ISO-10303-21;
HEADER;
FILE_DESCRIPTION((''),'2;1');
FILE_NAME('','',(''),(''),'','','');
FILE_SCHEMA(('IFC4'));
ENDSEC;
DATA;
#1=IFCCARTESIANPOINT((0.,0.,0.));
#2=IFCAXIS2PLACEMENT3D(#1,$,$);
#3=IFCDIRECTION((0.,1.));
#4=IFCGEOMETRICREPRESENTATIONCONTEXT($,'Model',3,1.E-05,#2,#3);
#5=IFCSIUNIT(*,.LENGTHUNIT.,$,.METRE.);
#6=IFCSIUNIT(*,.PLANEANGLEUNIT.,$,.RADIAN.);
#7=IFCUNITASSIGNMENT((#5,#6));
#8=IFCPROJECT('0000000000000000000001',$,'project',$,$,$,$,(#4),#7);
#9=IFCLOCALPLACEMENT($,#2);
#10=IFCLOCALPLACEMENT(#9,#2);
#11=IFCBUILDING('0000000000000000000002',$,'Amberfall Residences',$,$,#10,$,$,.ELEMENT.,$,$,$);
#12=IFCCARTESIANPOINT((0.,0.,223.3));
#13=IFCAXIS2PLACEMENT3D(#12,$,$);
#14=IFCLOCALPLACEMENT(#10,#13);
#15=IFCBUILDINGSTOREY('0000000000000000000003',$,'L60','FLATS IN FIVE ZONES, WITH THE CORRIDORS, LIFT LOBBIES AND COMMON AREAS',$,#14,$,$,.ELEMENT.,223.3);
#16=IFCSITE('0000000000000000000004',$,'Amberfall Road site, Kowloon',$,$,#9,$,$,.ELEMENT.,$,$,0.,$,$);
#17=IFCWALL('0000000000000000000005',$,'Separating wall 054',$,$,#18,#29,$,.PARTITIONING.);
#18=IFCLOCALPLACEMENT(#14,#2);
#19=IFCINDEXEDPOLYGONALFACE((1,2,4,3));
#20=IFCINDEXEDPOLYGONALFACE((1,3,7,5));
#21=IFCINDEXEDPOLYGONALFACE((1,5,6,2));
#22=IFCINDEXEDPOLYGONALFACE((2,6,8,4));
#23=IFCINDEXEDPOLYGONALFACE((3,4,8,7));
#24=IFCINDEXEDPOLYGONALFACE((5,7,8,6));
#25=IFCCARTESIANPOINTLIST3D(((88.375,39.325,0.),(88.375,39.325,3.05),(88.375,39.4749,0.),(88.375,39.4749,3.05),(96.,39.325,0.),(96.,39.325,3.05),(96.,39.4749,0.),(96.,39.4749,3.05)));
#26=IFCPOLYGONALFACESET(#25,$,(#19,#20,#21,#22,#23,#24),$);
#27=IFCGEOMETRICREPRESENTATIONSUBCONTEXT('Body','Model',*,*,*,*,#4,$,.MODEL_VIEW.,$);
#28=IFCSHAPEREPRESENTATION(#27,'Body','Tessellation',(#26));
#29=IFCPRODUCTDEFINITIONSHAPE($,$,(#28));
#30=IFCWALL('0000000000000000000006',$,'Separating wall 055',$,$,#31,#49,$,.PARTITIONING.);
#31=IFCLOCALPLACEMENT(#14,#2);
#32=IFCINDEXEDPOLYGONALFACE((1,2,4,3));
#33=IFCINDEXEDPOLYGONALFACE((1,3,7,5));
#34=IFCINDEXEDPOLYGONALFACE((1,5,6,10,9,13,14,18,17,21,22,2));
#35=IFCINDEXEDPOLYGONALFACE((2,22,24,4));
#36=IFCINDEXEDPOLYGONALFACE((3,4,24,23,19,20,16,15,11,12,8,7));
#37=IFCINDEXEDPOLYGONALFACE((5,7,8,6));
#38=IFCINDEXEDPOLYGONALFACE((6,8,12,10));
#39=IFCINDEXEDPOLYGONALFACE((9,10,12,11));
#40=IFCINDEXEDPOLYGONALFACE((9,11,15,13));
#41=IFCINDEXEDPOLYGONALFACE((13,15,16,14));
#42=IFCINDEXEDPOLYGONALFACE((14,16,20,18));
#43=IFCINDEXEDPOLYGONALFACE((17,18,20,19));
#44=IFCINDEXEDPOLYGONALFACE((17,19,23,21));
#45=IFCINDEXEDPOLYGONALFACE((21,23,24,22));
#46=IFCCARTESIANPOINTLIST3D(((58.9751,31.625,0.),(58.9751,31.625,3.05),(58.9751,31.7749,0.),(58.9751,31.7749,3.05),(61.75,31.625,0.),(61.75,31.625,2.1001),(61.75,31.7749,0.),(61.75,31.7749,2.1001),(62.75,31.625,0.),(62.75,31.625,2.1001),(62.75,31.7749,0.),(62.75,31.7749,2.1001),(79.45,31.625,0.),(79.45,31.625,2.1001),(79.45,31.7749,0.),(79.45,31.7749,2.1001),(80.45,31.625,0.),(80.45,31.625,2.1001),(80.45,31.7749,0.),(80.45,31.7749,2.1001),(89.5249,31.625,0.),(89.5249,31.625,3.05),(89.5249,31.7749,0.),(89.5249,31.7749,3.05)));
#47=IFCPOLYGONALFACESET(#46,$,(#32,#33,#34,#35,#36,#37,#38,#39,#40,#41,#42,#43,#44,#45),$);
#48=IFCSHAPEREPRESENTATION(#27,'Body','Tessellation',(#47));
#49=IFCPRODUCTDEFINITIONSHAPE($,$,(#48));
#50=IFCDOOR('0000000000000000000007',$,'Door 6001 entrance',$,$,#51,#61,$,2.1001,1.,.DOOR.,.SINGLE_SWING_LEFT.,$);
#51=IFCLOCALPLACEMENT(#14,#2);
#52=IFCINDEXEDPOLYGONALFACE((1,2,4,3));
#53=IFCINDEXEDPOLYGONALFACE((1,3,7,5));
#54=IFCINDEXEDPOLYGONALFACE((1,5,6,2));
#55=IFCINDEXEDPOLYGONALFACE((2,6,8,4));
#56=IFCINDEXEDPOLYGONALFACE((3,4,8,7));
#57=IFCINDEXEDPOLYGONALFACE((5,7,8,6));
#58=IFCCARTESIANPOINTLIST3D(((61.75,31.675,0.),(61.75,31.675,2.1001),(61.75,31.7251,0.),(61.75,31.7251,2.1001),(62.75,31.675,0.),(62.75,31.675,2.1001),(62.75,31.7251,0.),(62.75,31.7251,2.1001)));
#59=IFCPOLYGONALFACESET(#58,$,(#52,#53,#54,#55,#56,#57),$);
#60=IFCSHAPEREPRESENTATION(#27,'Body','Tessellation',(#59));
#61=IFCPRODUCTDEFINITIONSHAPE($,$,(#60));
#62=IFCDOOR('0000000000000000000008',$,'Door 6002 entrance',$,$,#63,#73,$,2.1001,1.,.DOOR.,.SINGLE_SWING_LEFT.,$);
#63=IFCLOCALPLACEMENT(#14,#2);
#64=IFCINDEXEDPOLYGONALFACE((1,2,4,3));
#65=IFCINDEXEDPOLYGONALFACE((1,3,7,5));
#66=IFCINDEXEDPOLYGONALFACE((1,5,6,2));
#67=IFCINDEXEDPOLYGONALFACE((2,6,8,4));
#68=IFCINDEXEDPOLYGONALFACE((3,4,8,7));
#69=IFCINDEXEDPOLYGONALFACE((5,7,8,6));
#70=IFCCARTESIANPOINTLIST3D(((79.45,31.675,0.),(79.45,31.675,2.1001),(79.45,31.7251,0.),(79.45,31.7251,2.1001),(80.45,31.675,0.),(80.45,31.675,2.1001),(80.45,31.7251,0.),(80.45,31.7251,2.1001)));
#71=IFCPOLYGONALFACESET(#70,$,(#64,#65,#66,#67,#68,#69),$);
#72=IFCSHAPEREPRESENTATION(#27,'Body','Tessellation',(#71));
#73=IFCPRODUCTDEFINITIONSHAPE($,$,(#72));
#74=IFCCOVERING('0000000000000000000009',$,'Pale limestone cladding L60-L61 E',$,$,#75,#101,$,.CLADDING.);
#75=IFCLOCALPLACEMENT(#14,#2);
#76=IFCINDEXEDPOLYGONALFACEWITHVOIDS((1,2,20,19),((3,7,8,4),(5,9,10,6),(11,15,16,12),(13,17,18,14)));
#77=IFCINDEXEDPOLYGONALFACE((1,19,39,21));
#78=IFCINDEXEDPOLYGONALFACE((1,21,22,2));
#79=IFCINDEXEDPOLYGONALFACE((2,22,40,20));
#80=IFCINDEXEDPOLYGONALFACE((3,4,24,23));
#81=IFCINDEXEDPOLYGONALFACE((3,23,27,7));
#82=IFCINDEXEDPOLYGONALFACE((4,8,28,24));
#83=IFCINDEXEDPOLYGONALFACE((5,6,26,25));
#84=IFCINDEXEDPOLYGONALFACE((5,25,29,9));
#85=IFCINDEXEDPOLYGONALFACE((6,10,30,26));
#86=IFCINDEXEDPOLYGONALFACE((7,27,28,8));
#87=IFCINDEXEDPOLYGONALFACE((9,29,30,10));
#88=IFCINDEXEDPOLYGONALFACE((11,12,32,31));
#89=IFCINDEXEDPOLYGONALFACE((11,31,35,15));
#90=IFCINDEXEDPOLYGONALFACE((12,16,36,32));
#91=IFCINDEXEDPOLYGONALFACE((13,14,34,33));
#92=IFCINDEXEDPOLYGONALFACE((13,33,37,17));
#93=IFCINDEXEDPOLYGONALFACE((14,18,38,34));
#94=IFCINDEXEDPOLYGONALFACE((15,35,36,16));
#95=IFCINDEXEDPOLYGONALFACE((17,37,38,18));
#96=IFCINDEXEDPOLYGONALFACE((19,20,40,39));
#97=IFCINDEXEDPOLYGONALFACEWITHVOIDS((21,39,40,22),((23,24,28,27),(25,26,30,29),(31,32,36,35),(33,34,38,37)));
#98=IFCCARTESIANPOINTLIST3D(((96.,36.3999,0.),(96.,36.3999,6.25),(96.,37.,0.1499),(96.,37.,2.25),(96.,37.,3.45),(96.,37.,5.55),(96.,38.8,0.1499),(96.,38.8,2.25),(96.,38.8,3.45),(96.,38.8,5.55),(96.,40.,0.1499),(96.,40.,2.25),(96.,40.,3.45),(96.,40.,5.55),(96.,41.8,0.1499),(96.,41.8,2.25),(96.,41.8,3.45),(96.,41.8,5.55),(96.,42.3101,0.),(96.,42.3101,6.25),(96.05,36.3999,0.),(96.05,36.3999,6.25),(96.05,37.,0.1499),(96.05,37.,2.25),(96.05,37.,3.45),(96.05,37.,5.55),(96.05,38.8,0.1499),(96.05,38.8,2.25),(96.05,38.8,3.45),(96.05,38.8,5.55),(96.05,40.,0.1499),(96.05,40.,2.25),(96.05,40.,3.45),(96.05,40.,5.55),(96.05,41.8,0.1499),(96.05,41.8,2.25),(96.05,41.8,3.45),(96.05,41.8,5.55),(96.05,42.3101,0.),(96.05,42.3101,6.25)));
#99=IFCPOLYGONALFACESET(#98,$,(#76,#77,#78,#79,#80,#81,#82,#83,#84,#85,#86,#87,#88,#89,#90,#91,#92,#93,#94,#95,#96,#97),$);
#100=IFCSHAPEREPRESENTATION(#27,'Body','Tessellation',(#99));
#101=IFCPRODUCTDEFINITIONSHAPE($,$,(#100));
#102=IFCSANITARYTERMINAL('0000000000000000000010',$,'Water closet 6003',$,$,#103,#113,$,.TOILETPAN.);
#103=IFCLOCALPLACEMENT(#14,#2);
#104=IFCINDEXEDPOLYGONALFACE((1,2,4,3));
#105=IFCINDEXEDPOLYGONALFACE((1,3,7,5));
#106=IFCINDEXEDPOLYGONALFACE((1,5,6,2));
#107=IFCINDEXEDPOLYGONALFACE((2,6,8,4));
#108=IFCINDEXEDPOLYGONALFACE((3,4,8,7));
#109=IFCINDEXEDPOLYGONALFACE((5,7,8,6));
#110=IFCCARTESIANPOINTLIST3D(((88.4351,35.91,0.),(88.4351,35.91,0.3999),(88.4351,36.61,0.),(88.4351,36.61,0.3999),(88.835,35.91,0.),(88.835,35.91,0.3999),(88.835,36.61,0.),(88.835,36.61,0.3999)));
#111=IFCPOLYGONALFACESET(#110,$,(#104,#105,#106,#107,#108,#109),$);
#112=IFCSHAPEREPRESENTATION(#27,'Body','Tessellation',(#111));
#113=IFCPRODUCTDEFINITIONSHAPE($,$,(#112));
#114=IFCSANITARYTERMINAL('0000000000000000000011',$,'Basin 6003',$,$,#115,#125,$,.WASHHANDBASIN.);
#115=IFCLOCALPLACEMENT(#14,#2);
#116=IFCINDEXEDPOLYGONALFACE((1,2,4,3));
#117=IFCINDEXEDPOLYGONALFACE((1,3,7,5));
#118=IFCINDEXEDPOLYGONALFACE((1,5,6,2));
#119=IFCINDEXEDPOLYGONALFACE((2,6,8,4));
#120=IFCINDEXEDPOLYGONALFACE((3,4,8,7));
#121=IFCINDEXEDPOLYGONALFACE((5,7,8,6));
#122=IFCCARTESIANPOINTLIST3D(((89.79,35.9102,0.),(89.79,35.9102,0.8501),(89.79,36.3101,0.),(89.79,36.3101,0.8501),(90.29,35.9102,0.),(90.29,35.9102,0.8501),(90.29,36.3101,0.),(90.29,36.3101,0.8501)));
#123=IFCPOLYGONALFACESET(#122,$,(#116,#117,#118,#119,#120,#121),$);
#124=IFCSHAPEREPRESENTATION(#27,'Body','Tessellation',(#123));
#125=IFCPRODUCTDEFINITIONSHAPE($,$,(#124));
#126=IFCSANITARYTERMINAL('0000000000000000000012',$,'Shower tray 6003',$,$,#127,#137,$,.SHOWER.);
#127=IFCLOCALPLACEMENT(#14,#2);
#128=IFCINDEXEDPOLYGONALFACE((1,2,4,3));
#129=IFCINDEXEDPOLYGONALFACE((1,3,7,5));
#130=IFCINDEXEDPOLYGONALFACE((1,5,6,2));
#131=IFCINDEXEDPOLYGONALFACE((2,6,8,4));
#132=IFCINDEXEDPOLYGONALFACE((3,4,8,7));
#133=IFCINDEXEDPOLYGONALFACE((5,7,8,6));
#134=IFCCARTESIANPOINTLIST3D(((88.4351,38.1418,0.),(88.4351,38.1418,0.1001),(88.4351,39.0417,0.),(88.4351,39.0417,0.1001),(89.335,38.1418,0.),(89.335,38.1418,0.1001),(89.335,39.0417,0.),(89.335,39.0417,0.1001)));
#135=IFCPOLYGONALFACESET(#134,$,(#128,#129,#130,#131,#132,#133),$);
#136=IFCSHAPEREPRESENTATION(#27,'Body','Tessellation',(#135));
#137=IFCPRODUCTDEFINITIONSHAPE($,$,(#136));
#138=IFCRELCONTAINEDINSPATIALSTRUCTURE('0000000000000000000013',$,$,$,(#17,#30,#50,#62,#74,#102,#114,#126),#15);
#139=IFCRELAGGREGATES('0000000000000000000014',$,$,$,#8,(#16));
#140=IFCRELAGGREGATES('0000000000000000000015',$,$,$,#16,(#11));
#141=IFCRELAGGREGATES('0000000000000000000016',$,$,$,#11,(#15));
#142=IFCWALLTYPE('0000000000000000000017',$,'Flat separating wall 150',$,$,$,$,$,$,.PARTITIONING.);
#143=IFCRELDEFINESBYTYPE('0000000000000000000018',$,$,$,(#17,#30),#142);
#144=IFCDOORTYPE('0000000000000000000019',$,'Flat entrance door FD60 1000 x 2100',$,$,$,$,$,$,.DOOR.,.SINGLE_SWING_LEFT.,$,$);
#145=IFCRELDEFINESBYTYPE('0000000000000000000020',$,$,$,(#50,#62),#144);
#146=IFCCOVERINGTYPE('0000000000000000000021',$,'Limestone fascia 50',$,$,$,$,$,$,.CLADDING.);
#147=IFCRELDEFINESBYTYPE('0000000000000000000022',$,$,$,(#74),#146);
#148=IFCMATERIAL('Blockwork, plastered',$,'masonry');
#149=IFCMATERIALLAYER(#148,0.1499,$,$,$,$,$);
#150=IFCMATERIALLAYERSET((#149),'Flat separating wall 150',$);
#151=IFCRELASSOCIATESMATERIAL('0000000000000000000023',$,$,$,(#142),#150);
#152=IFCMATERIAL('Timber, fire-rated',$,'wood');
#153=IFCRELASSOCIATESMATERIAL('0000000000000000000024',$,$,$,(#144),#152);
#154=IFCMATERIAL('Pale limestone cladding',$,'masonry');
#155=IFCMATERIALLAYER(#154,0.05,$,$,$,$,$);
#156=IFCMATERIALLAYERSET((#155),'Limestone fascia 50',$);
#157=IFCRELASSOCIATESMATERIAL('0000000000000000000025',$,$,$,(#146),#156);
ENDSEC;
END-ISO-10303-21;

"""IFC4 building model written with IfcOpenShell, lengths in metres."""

from ifc_helpers import new_model, si_unit, direction, frame, frame_2d, origin, origin_2d, place, context, subcontext, project, spatial, polyline, rectangle, outline, extrude, material, layer, layer_set, type_object, element, fill, save


model = new_model("IFC4")

# Units and contexts
model_context = context("Model", 3, precision=1e-05, world=origin(), true_north=direction((0.0, 1.0)))
body_context = subcontext(model_context, "Body", "Model", "MODEL_VIEW")
ifc_project = project(units=[si_unit("LENGTHUNIT", "METRE"), si_unit("PLANEANGLEUNIT", "RADIAN")], contexts=[model_context])

# Site, building, storey
site_placement = place(None, origin())
site = spatial("IfcSite", under=ifc_project, at=site_placement, Name="Amberfall Road site, Kowloon", CompositionType="ELEMENT", RefElevation=0.0)
building_placement = place(site_placement, origin())
building = spatial("IfcBuilding", under=site, at=building_placement, Name="Amberfall Residences", CompositionType="ELEMENT")
storey_placement = place(building_placement, frame((0.0, 0.0, 223.3)))
storey = spatial("IfcBuildingStorey", under=building, at=storey_placement, Name="L60", Description="FLATS IN FIVE ZONES, WITH THE CORRIDORS, LIFT LOBBIES AND COMMON AREAS", CompositionType="ELEMENT", Elevation=223.3)

# Wall
ifc_material_1 = material(Name="Blockwork, plastered", Category="masonry")
ifc_layer_1 = layer(ifc_material_1, 0.1499)
ifc_layer_set_1 = layer_set([ifc_layer_1], Name="Flat separating wall 150")
wall_type_1 = type_object("IfcWallType", Name="Flat separating wall 150", PredefinedType="PARTITIONING", material=ifc_layer_set_1)
wall_1_placement = place(storey_placement, frame((88.375, 39.3999, 0.0), z_axis=(0.0, 0.0, 1.0), x_axis=(1.0, 0.0, 0.0)))
element("IfcWall", 1, at=wall_1_placement, inside=storey, type_object=wall_type_1, Name="Separating wall 054", PredefinedType="PARTITIONING", context=body_context, shape_type="SweptSolid", body=[
    extrude(rectangle(XDim=7.625, YDim=0.1499, at=frame_2d((3.8125, 0.0))), origin(), (0.0, 0.0, 1.0), 3.05),
])

# Wall, openings, doors
wall_2_placement = place(storey_placement, frame((89.5249, 31.7, 0.0), z_axis=(0.0, 0.0, 1.0), x_axis=(-1.0, 0.0, 0.0)))
wall_2 = element("IfcWall", 2, at=wall_2_placement, inside=storey, type_object=wall_type_1, Name="Separating wall 055", PredefinedType="PARTITIONING", context=body_context, shape_type="SweptSolid", body=[
    extrude(rectangle(XDim=30.5498, YDim=0.1499, at=frame_2d((15.2749, 0.0))), origin(), (0.0, 0.0, 1.0), 3.05),
])
opening_1_placement = place(wall_2_placement, frame((26.7749, 0.0, 0.0)))
opening_1 = element("IfcOpeningElement", 3, at=opening_1_placement, cuts=wall_2, PredefinedType="OPENING", context=body_context, shape_type="SweptSolid", body=[
    extrude(rectangle(XDim=1.0, YDim=2.1001, at=frame_2d((0.5, 1.05))), frame((0.0, 0.085, 0.0), z_axis=(0.0, -1.0, 0.0), x_axis=(1.0, 0.0, 0.0)), (0.0, 0.0, 1.0), 0.1699),
])
opening_2_placement = place(wall_2_placement, frame((9.075, 0.0, 0.0)))
opening_2 = element("IfcOpeningElement", 4, at=opening_2_placement, cuts=wall_2, PredefinedType="OPENING", context=body_context, shape_type="SweptSolid", body=[
    extrude(rectangle(XDim=1.0, YDim=2.1001, at=frame_2d((0.5, 1.05))), frame((0.0, 0.085, 0.0), z_axis=(0.0, -1.0, 0.0), x_axis=(1.0, 0.0, 0.0)), (0.0, 0.0, 1.0), 0.1699),
])
ifc_material_2 = material(Name="Timber, fire-rated", Category="wood")
door_type_1 = type_object("IfcDoorType", Name="Flat entrance door FD60 1000 x 2100", OperationType="SINGLE_SWING_LEFT", PredefinedType="DOOR", material=ifc_material_2)
door_1_placement = place(opening_1_placement, origin())
door_1 = element("IfcDoor", 5, at=door_1_placement, inside=storey, type_object=door_type_1, Name="Door 6001 entrance", OperationType="SINGLE_SWING_LEFT", OverallHeight=2.1001, OverallWidth=1.0, PredefinedType="DOOR", context=body_context, shape_type="SweptSolid", body=[
    extrude(rectangle(XDim=1.0, YDim=2.1001, at=frame_2d((0.5, 1.05))), frame((0.0, 0.0249, 0.0), z_axis=(0.0, -1.0, 0.0), x_axis=(1.0, 0.0, 0.0)), (0.0, 0.0, 1.0), 0.05),
])
fill(opening_1, door_1)
door_2_placement = place(opening_2_placement, origin())
door_2 = element("IfcDoor", 6, at=door_2_placement, inside=storey, type_object=door_type_1, Name="Door 6002 entrance", OperationType="SINGLE_SWING_LEFT", OverallHeight=2.1001, OverallWidth=1.0, PredefinedType="DOOR", context=body_context, shape_type="SweptSolid", body=[
    extrude(rectangle(XDim=1.0, YDim=2.1001, at=frame_2d((0.5, 1.05))), frame((0.0, 0.0249, 0.0), z_axis=(0.0, -1.0, 0.0), x_axis=(1.0, 0.0, 0.0)), (0.0, 0.0, 1.0), 0.05),
])
fill(opening_2, door_2)

# Covering
ifc_material_3 = material(Name="Pale limestone cladding", Category="masonry")
ifc_layer_2 = layer(ifc_material_3, 0.05)
ifc_layer_set_2 = layer_set([ifc_layer_2], Name="Limestone fascia 50")
covering_type = type_object("IfcCoveringType", Name="Limestone fascia 50", PredefinedType="CLADDING", material=ifc_layer_set_2)
covering_placement = place(storey_placement, frame((96.0, 36.3999, 6.25), z_axis=(-1.0, 0.0, 0.0), x_axis=(0.0, 1.0, 0.0)))
element("IfcCovering", 7, at=covering_placement, inside=storey, type_object=covering_type, Name="Pale limestone cladding L60-L61 E", PredefinedType="CLADDING", context=body_context, shape_type="SweptSolid", body=[
    extrude(outline(polyline([(0.0, 0.0), (5.9102, 0.0), (5.9102, 6.25), (0.0, 6.25), (0.0, 0.0)]), holes=[polyline([(0.6001, 4.0), (2.4001, 4.0), (2.4001, 6.1001), (0.6001, 6.1001), (0.6001, 4.0)]), polyline([(3.6001, 4.0), (5.4001, 4.0), (5.4001, 6.1001), (3.6001, 6.1001), (3.6001, 4.0)]), polyline([(0.6001, 0.7), (2.4001, 0.7), (2.4001, 2.8), (0.6001, 2.8), (0.6001, 0.7)]), polyline([(3.6001, 0.7), (5.4001, 0.7), (5.4001, 2.8), (3.6001, 2.8), (3.6001, 0.7)])]), origin(), (0.0, 0.0, -1.0), 0.05),
])

# Sanitary terminals
sanitary_terminal_1_placement = place(storey_placement, frame((88.635, 36.26, 0.0), z_axis=(0.0, 0.0, 1.0), x_axis=(1.0, 0.0, 0.0)))
element("IfcSanitaryTerminal", 8, at=sanitary_terminal_1_placement, inside=storey, Name="Water closet 6003", PredefinedType="TOILETPAN", context=body_context, shape_type="SweptSolid", body=[
    extrude(rectangle(XDim=0.3999, YDim=0.7, at=origin_2d()), origin(), (0.0, 0.0, 1.0), 0.3999),
])
sanitary_terminal_2_placement = place(storey_placement, frame((90.04, 36.1101, 0.0), z_axis=(0.0, 0.0, 1.0), x_axis=(1.0, 0.0, 0.0)))
element("IfcSanitaryTerminal", 9, at=sanitary_terminal_2_placement, inside=storey, Name="Basin 6003", PredefinedType="WASHHANDBASIN", context=body_context, shape_type="SweptSolid", body=[
    extrude(rectangle(XDim=0.5, YDim=0.3999, at=origin_2d()), origin(), (0.0, 0.0, 1.0), 0.8501),
])
sanitary_terminal_3_placement = place(storey_placement, frame((88.885, 38.5918, 0.0), z_axis=(0.0, 0.0, 1.0), x_axis=(1.0, 0.0, 0.0)))
element("IfcSanitaryTerminal", 10, at=sanitary_terminal_3_placement, inside=storey, Name="Shower tray 6003", PredefinedType="SHOWER", context=body_context, shape_type="SweptSolid", body=[
    extrude(rectangle(XDim=0.8999, YDim=0.8999, at=origin_2d()), origin(), (0.0, 0.0, 1.0), 0.1001),
])

save(model, "model.ifc")
